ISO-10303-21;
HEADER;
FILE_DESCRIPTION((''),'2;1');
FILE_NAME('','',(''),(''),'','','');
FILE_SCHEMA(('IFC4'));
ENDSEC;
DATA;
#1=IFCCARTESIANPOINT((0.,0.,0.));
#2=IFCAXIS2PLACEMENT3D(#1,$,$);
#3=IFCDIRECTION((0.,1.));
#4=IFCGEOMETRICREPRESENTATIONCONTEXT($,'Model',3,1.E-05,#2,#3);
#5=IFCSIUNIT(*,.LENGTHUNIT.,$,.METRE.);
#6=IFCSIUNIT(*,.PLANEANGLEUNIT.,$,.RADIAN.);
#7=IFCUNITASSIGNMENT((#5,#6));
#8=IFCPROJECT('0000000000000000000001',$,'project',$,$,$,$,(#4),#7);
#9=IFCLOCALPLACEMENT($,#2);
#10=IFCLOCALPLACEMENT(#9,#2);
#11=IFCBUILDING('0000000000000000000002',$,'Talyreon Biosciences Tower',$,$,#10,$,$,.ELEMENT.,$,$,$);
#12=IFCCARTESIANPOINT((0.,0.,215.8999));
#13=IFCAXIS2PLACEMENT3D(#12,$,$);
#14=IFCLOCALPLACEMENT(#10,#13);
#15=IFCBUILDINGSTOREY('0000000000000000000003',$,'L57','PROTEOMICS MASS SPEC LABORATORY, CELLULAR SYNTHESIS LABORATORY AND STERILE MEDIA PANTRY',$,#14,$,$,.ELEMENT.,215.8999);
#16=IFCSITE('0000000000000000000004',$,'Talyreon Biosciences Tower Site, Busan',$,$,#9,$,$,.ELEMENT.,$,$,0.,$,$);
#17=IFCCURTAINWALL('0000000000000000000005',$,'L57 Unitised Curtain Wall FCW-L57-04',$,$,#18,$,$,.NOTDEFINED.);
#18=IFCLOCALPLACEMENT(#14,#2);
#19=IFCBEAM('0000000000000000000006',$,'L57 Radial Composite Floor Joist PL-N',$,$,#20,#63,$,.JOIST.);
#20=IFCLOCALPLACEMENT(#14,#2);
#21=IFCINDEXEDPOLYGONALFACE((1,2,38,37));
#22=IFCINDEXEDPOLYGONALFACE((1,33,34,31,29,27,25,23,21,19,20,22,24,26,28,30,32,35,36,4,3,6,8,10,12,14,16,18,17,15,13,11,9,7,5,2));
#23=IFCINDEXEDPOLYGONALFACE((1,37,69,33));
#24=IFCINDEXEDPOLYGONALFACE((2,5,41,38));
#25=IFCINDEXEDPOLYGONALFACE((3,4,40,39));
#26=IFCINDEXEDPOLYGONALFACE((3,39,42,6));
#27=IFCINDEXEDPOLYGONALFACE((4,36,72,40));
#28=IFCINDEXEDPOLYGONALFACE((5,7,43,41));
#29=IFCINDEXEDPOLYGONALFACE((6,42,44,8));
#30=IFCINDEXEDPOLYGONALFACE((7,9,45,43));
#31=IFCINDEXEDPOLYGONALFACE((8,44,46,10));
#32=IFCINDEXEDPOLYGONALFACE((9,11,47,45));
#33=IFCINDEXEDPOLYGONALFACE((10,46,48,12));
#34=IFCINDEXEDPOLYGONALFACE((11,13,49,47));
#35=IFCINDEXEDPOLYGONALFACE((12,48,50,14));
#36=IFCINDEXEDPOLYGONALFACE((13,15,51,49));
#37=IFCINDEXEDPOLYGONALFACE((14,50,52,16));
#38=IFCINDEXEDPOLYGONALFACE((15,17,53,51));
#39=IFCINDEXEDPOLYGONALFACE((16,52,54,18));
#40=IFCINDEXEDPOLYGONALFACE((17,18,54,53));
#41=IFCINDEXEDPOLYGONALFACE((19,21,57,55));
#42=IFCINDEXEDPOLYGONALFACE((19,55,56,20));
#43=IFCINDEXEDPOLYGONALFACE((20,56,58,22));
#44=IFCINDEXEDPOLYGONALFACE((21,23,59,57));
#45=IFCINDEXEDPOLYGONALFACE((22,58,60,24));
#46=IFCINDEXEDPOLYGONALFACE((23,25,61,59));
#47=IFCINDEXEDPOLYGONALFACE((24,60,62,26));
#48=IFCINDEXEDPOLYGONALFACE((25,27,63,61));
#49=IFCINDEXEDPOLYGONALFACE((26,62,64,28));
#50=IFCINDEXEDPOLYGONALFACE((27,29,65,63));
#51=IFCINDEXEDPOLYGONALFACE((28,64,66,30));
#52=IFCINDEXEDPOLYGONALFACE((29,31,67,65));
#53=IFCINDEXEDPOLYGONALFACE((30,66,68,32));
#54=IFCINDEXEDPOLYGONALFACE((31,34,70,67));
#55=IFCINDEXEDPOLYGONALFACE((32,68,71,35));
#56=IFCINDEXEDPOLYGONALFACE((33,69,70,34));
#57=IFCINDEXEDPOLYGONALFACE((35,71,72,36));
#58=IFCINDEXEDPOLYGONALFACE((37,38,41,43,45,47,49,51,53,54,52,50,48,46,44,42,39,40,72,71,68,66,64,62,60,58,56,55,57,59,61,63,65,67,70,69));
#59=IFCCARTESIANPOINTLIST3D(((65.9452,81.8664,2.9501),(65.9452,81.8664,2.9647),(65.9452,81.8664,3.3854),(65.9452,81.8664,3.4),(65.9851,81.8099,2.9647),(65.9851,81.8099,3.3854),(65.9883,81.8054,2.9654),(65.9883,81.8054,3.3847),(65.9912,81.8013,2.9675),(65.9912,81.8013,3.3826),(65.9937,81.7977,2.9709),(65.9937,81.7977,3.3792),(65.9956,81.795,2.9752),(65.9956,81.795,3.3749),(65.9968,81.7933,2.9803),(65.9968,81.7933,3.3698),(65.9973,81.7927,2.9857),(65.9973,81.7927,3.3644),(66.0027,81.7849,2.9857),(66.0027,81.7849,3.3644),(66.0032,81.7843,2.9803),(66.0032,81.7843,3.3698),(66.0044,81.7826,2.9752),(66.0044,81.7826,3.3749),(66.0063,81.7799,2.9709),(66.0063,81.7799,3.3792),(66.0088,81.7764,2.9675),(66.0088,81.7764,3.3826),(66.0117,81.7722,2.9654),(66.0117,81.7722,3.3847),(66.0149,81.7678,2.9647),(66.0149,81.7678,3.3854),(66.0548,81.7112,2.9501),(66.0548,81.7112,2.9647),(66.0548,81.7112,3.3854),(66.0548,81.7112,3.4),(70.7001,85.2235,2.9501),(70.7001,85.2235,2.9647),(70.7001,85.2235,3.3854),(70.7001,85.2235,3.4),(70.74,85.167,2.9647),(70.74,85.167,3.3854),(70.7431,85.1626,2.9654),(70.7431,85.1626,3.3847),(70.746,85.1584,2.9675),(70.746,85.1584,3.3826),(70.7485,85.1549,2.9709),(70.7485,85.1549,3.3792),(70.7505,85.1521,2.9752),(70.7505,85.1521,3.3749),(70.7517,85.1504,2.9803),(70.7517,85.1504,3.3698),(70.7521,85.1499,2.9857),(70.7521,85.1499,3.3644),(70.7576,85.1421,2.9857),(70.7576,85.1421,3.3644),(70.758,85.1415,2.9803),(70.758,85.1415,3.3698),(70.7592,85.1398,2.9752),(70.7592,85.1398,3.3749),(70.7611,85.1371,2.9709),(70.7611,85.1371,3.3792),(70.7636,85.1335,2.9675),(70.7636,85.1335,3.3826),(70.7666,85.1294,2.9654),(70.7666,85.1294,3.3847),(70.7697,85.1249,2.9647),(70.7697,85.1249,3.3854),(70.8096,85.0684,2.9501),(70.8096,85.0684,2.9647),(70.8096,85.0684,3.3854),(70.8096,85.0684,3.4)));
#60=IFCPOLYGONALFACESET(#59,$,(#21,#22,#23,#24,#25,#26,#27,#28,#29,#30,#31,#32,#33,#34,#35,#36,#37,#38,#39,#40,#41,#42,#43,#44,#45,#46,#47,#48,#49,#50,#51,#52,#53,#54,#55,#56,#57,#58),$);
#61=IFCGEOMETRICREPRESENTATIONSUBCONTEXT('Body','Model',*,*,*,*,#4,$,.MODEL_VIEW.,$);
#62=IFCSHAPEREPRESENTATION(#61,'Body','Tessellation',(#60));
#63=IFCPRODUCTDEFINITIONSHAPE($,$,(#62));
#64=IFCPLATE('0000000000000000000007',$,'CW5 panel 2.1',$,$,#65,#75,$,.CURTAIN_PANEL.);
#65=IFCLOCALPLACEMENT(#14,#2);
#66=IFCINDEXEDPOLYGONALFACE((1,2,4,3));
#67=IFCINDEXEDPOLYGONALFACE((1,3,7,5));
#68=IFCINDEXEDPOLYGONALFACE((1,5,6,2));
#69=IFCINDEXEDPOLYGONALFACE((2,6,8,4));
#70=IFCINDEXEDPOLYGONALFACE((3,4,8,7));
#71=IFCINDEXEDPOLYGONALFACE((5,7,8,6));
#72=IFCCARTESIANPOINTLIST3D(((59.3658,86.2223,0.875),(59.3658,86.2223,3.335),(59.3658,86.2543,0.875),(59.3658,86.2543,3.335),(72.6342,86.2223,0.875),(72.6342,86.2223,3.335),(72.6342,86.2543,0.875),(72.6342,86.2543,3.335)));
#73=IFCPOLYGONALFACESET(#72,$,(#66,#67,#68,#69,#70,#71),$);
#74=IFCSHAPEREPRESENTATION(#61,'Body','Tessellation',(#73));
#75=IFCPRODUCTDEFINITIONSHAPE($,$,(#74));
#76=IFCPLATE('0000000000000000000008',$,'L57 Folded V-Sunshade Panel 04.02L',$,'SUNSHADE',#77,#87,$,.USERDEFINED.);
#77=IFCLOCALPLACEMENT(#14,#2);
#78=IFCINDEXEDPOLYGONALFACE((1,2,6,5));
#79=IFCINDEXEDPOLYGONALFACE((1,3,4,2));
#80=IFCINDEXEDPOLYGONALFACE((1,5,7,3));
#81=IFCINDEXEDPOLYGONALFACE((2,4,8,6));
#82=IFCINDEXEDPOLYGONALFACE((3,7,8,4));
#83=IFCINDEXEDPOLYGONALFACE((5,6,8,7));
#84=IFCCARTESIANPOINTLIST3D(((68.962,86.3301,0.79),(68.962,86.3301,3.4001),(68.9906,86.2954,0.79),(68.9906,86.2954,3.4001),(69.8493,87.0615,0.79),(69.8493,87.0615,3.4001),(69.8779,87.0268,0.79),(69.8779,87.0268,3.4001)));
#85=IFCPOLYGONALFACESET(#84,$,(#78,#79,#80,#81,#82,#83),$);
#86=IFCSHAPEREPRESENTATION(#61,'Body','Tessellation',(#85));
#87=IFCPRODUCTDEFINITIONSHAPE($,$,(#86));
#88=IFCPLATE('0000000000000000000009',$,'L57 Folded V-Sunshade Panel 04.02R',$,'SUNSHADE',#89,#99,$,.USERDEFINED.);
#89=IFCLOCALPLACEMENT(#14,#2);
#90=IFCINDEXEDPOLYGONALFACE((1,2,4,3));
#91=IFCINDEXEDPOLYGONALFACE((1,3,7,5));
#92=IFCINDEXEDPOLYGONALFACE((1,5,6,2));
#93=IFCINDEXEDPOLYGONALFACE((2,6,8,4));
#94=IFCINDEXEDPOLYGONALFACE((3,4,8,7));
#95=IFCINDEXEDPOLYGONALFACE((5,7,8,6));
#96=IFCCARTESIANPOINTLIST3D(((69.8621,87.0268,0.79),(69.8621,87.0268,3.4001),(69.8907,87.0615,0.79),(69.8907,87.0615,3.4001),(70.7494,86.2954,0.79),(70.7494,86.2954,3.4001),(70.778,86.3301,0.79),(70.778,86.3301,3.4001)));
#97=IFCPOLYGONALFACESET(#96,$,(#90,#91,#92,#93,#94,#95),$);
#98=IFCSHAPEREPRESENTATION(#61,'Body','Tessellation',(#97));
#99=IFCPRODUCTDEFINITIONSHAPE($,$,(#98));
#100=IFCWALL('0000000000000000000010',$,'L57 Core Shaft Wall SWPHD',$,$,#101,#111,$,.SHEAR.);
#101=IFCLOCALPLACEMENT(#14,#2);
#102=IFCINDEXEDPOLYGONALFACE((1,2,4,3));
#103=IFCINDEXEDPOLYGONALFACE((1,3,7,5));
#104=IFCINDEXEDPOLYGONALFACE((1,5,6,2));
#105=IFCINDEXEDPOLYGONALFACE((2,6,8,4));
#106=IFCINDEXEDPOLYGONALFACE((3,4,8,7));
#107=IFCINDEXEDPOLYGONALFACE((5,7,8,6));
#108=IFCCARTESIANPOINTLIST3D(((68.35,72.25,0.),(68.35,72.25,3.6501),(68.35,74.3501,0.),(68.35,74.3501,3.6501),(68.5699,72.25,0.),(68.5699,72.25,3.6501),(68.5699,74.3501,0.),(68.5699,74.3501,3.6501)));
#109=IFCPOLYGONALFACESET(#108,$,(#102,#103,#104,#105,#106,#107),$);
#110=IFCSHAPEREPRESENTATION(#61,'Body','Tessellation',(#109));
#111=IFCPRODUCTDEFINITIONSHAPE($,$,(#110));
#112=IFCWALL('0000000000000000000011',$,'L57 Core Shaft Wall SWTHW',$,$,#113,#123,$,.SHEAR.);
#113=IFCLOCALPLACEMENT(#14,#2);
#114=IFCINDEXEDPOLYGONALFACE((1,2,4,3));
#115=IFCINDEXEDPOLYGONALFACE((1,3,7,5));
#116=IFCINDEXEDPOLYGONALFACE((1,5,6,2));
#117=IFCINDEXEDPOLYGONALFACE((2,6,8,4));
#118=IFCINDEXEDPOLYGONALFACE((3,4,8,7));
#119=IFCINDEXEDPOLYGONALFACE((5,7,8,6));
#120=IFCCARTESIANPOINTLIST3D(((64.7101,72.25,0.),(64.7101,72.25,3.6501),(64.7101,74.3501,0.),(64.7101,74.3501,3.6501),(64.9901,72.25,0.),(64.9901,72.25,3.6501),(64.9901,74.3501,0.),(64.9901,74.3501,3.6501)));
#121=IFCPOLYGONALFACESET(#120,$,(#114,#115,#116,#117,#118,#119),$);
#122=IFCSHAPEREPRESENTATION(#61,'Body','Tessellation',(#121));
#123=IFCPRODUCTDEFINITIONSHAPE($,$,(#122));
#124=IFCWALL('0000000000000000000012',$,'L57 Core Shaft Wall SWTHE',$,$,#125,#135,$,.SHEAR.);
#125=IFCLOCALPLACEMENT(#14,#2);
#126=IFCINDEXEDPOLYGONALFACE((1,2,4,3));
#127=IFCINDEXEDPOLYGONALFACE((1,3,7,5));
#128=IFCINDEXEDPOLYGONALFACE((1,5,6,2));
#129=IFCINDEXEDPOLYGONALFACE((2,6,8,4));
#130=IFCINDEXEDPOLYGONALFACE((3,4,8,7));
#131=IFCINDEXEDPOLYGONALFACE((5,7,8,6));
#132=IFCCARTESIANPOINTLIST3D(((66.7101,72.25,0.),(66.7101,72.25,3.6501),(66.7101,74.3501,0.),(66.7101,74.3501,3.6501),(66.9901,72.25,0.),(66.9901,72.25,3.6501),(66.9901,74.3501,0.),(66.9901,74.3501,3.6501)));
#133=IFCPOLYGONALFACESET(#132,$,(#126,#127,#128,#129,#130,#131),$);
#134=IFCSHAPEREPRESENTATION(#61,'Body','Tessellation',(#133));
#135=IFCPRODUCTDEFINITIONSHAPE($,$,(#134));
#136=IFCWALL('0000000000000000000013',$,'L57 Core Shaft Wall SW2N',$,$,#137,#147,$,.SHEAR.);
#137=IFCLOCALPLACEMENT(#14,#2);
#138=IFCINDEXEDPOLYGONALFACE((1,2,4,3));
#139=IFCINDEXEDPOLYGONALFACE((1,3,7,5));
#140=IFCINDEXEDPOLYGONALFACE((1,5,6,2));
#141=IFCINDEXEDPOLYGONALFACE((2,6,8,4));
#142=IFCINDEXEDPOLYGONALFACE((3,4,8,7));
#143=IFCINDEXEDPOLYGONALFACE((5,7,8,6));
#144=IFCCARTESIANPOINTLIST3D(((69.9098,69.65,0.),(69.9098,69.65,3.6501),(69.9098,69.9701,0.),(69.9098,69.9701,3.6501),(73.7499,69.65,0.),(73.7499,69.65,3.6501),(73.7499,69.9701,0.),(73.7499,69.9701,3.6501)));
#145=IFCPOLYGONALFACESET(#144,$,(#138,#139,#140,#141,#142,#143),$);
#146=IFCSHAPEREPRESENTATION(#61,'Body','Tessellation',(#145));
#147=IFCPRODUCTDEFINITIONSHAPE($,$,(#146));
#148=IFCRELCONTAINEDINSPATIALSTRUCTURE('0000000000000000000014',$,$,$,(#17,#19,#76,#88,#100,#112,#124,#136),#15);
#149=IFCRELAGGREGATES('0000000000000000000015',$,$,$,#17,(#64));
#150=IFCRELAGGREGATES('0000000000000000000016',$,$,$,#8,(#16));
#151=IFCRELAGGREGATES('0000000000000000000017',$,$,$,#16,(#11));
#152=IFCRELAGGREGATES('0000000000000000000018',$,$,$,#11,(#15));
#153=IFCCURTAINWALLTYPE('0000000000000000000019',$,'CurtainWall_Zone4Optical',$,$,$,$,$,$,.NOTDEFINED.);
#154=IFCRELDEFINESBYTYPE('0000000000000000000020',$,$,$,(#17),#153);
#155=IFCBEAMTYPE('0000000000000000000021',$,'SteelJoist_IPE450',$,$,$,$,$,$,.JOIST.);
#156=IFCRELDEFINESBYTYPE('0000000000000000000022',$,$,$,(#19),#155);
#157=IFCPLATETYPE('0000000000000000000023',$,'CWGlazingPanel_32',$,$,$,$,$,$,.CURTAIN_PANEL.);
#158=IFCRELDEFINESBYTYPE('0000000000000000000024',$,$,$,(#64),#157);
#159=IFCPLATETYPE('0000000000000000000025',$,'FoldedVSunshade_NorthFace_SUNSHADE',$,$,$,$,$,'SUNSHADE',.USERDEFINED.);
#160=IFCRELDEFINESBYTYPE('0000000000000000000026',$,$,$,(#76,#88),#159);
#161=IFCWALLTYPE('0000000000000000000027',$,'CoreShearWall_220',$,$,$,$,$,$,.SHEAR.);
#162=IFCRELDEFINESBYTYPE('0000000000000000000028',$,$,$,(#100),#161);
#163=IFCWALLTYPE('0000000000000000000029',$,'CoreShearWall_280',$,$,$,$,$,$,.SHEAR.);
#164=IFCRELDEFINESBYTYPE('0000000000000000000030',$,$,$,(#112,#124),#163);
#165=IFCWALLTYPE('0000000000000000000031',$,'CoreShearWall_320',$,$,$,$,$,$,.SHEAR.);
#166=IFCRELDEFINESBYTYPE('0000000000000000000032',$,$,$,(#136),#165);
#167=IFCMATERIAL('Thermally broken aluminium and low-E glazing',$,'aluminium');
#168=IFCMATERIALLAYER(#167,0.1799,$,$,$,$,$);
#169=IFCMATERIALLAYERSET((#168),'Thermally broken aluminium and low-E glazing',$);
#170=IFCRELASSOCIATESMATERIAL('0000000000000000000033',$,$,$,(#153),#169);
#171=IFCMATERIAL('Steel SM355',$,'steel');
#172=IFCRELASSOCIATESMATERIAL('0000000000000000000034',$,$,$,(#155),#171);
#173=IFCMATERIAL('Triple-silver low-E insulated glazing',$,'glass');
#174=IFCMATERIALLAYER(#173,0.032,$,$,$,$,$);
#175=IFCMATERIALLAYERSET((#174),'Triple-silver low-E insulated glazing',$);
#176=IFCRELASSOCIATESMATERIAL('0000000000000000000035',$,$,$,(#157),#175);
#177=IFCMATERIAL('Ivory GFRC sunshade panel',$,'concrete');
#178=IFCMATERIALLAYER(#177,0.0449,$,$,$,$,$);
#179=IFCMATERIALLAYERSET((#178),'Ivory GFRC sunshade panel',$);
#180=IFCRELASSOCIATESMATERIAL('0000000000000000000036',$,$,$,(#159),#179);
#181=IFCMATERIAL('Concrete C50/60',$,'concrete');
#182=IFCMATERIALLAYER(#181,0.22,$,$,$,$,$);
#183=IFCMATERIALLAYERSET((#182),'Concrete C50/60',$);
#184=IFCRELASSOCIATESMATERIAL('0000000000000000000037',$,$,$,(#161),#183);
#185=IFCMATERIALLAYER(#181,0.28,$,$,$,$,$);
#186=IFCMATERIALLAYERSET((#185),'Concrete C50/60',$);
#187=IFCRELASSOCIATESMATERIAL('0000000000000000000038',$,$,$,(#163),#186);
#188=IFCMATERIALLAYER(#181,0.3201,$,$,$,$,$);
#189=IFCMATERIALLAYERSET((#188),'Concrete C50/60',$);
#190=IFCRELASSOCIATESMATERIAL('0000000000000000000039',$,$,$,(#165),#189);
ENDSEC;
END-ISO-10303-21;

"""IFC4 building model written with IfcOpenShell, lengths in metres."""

from ifc_helpers import new_model, si_unit, direction, frame, frame_2d, origin, origin_2d, place, context, subcontext, project, spatial, rectangle, i_section, extrude, material, layer, layer_set, material_profile, profile_set, type_object, element, aggregate, save


model = new_model("IFC4")

# Units and contexts
model_context = context("Model", 3, precision=1e-05, world=origin(), true_north=direction((0.0, 1.0)))
body_context = subcontext(model_context, "Body", "Model", "MODEL_VIEW")
ifc_project = project(units=[si_unit("LENGTHUNIT", "METRE"), si_unit("PLANEANGLEUNIT", "RADIAN")], contexts=[model_context])

# Site, building, storey
site_placement = place(None, origin())
site = spatial("IfcSite", under=ifc_project, at=site_placement, Name="Talyreon Biosciences Tower Site, Busan", CompositionType="ELEMENT", RefElevation=0.0)
building_placement = place(site_placement, origin())
building = spatial("IfcBuilding", under=site, at=building_placement, Name="Talyreon Biosciences Tower", CompositionType="ELEMENT")
storey_placement = place(building_placement, frame((0.0, 0.0, 215.8999)))
storey = spatial("IfcBuildingStorey", under=building, at=storey_placement, Name="L57", Description="PROTEOMICS MASS SPEC LABORATORY, CELLULAR SYNTHESIS LABORATORY AND STERILE MEDIA PANTRY", CompositionType="ELEMENT", Elevation=215.8999)

# Shared definitions
ifc_material_1 = material(Name="Concrete C50/60", Category="concrete")

# Curtain wall
ifc_material_2 = material(Name="Thermally broken aluminium and low-E glazing", Category="aluminium")
ifc_layer_1 = layer(ifc_material_2, 0.1799)
ifc_layer_set_1 = layer_set([ifc_layer_1], Name="Thermally broken aluminium and low-E glazing")
curtain_wall_type = type_object("IfcCurtainWallType", Name="CurtainWall_Zone4Optical", PredefinedType="NOTDEFINED", material=ifc_layer_set_1)
curtain_wall_placement = place(storey_placement, origin())
curtain_wall = element("IfcCurtainWall", 1, at=curtain_wall_placement, inside=storey, type_object=curtain_wall_type, Name="L57 Unitised Curtain Wall FCW-L57-04", PredefinedType="NOTDEFINED")

# Beam
ifc_material_3 = material(Name="Steel SM355", Category="steel")
ifc_material_profile_1 = material_profile(ifc_material_3, i_section(OverallWidth=0.1899, OverallDepth=0.45, WebThickness=0.0095, FlangeThickness=0.0146, FilletRadius=0.021, at=origin_2d()), Name="IPE450")
ifc_profile_set_1 = profile_set([ifc_material_profile_1], Name="Steel SM355")
beam_type_1 = type_object("IfcBeamType", Name="SteelJoist_IPE450", PredefinedType="JOIST", material=ifc_profile_set_1)
beam_1_placement = place(storey_placement, frame((66.0, 81.7888, 3.175), z_axis=(0.816904, 0.576774, 0.0), x_axis=(-0.576774, 0.816904, 0.0)))
element("IfcBeam", 2, at=beam_1_placement, inside=storey, type_object=beam_type_1, Name="L57 Radial Composite Floor Joist PL-N", PredefinedType="JOIST", context=body_context, shape_type="SweptSolid", body=[
    extrude(i_section(OverallWidth=0.1899, OverallDepth=0.45, WebThickness=0.0095, FlangeThickness=0.0146, FilletRadius=0.021, at=origin_2d()), origin(), (0.0, 0.0, 1.0), 5.8206),
])

# Plate
ifc_material_4 = material(Name="Triple-silver low-E insulated glazing", Category="glass")
ifc_layer_2 = layer(ifc_material_4, 0.032)
ifc_layer_set_2 = layer_set([ifc_layer_2], Name="Triple-silver low-E insulated glazing")
plate_type_1 = type_object("IfcPlateType", Name="CWGlazingPanel_32", PredefinedType="CURTAIN_PANEL", material=ifc_layer_set_2)
plate_placement = place(storey_placement, frame((66.0, 86.2383, 0.875), z_axis=(0.0, 0.0, 1.0), x_axis=(1.0, 0.0, 0.0)))
plate = element("IfcPlate", 3, at=plate_placement, type_object=plate_type_1, Name="CW5 panel 2.1", PredefinedType="CURTAIN_PANEL", context=body_context, shape_type="SweptSolid", body=[
    extrude(rectangle(XDim=13.2683, YDim=0.032, at=origin_2d()), origin(), (0.0, 0.0, 1.0), 2.46),
])
aggregate(curtain_wall, [plate])

# Plates
ifc_material_5 = material(Name="Ivory GFRC sunshade panel", Category="concrete")
ifc_layer_3 = layer(ifc_material_5, 0.0449)
ifc_layer_set_3 = layer_set([ifc_layer_3], Name="Ivory GFRC sunshade panel")
plate_type_2 = type_object("IfcPlateType", Name="FoldedVSunshade_NorthFace_SUNSHADE", ElementType="SUNSHADE", PredefinedType="USERDEFINED", material=ifc_layer_set_3)
for number, where, z_axis, x_axis, name in (
    (4, (69.4199, 86.6785, 0.79), (0.0, 0.0, 1.0), (0.771625, 0.636078, 0.0), "L57 Folded V-Sunshade Panel 04.02L"),
    (5, (70.3201, 86.6785, 0.79), (0.0, 0.0, 1.0), (0.771625, -0.636078, 0.0), "L57 Folded V-Sunshade Panel 04.02R"),
):
    element("IfcPlate", number, at=place(storey_placement, frame(where, z_axis=z_axis, x_axis=x_axis)), inside=storey, type_object=plate_type_2, Name=name, ObjectType="SUNSHADE", PredefinedType="USERDEFINED", context=body_context, shape_type="SweptSolid", body=[
        extrude(rectangle(XDim=1.1499, YDim=0.0449, at=origin_2d()), origin(), (0.0, 0.0, 1.0), 2.6101),
    ])

# Walls
ifc_layer_4 = layer(ifc_material_1, 0.22)
ifc_layer_set_4 = layer_set([ifc_layer_4], Name="Concrete C50/60")
wall_type_1 = type_object("IfcWallType", Name="CoreShearWall_220", PredefinedType="SHEAR", material=ifc_layer_set_4)
wall_1_placement = place(storey_placement, frame((68.46, 72.25, 0.0), z_axis=(0.0, 0.0, 1.0), x_axis=(0.0, 1.0, 0.0)))
element("IfcWall", 6, at=wall_1_placement, inside=storey, type_object=wall_type_1, Name="L57 Core Shaft Wall SWPHD", PredefinedType="SHEAR", context=body_context, shape_type="SweptSolid", body=[
    extrude(rectangle(XDim=2.1001, YDim=0.22, at=frame_2d((1.05, 0.0))), origin(), (0.0, 0.0, 1.0), 3.6501),
])
ifc_layer_5 = layer(ifc_material_1, 0.28)
ifc_layer_set_5 = layer_set([ifc_layer_5], Name="Concrete C50/60")
wall_type_2 = type_object("IfcWallType", Name="CoreShearWall_280", PredefinedType="SHEAR", material=ifc_layer_set_5)
for number, where, z_axis, x_axis, name in (
    (7, (64.8501, 72.25, 0.0), (0.0, 0.0, 1.0), (0.0, 1.0, 0.0), "L57 Core Shaft Wall SWTHW"),
    (8, (66.8501, 72.25, 0.0), (0.0, 0.0, 1.0), (0.0, 1.0, 0.0), "L57 Core Shaft Wall SWTHE"),
):
    element("IfcWall", number, at=place(storey_placement, frame(where, z_axis=z_axis, x_axis=x_axis)), inside=storey, type_object=wall_type_2, Name=name, PredefinedType="SHEAR", context=body_context, shape_type="SweptSolid", body=[
        extrude(rectangle(XDim=2.1001, YDim=0.28, at=frame_2d((1.05, 0.0))), origin(), (0.0, 0.0, 1.0), 3.6501),
    ])
ifc_layer_6 = layer(ifc_material_1, 0.3201)
ifc_layer_set_6 = layer_set([ifc_layer_6], Name="Concrete C50/60")
wall_type_3 = type_object("IfcWallType", Name="CoreShearWall_320", PredefinedType="SHEAR", material=ifc_layer_set_6)
wall_2_placement = place(storey_placement, frame((69.9099, 69.8101, 0.0), z_axis=(0.0, 0.0, 1.0), x_axis=(1.0, 0.0, 0.0)))
element("IfcWall", 9, at=wall_2_placement, inside=storey, type_object=wall_type_3, Name="L57 Core Shaft Wall SW2N", PredefinedType="SHEAR", context=body_context, shape_type="SweptSolid", body=[
    extrude(rectangle(XDim=3.8401, YDim=0.3201, at=frame_2d((1.9199, 0.0))), origin(), (0.0, 0.0, 1.0), 3.6501),
])

save(model, "model.ifc")
